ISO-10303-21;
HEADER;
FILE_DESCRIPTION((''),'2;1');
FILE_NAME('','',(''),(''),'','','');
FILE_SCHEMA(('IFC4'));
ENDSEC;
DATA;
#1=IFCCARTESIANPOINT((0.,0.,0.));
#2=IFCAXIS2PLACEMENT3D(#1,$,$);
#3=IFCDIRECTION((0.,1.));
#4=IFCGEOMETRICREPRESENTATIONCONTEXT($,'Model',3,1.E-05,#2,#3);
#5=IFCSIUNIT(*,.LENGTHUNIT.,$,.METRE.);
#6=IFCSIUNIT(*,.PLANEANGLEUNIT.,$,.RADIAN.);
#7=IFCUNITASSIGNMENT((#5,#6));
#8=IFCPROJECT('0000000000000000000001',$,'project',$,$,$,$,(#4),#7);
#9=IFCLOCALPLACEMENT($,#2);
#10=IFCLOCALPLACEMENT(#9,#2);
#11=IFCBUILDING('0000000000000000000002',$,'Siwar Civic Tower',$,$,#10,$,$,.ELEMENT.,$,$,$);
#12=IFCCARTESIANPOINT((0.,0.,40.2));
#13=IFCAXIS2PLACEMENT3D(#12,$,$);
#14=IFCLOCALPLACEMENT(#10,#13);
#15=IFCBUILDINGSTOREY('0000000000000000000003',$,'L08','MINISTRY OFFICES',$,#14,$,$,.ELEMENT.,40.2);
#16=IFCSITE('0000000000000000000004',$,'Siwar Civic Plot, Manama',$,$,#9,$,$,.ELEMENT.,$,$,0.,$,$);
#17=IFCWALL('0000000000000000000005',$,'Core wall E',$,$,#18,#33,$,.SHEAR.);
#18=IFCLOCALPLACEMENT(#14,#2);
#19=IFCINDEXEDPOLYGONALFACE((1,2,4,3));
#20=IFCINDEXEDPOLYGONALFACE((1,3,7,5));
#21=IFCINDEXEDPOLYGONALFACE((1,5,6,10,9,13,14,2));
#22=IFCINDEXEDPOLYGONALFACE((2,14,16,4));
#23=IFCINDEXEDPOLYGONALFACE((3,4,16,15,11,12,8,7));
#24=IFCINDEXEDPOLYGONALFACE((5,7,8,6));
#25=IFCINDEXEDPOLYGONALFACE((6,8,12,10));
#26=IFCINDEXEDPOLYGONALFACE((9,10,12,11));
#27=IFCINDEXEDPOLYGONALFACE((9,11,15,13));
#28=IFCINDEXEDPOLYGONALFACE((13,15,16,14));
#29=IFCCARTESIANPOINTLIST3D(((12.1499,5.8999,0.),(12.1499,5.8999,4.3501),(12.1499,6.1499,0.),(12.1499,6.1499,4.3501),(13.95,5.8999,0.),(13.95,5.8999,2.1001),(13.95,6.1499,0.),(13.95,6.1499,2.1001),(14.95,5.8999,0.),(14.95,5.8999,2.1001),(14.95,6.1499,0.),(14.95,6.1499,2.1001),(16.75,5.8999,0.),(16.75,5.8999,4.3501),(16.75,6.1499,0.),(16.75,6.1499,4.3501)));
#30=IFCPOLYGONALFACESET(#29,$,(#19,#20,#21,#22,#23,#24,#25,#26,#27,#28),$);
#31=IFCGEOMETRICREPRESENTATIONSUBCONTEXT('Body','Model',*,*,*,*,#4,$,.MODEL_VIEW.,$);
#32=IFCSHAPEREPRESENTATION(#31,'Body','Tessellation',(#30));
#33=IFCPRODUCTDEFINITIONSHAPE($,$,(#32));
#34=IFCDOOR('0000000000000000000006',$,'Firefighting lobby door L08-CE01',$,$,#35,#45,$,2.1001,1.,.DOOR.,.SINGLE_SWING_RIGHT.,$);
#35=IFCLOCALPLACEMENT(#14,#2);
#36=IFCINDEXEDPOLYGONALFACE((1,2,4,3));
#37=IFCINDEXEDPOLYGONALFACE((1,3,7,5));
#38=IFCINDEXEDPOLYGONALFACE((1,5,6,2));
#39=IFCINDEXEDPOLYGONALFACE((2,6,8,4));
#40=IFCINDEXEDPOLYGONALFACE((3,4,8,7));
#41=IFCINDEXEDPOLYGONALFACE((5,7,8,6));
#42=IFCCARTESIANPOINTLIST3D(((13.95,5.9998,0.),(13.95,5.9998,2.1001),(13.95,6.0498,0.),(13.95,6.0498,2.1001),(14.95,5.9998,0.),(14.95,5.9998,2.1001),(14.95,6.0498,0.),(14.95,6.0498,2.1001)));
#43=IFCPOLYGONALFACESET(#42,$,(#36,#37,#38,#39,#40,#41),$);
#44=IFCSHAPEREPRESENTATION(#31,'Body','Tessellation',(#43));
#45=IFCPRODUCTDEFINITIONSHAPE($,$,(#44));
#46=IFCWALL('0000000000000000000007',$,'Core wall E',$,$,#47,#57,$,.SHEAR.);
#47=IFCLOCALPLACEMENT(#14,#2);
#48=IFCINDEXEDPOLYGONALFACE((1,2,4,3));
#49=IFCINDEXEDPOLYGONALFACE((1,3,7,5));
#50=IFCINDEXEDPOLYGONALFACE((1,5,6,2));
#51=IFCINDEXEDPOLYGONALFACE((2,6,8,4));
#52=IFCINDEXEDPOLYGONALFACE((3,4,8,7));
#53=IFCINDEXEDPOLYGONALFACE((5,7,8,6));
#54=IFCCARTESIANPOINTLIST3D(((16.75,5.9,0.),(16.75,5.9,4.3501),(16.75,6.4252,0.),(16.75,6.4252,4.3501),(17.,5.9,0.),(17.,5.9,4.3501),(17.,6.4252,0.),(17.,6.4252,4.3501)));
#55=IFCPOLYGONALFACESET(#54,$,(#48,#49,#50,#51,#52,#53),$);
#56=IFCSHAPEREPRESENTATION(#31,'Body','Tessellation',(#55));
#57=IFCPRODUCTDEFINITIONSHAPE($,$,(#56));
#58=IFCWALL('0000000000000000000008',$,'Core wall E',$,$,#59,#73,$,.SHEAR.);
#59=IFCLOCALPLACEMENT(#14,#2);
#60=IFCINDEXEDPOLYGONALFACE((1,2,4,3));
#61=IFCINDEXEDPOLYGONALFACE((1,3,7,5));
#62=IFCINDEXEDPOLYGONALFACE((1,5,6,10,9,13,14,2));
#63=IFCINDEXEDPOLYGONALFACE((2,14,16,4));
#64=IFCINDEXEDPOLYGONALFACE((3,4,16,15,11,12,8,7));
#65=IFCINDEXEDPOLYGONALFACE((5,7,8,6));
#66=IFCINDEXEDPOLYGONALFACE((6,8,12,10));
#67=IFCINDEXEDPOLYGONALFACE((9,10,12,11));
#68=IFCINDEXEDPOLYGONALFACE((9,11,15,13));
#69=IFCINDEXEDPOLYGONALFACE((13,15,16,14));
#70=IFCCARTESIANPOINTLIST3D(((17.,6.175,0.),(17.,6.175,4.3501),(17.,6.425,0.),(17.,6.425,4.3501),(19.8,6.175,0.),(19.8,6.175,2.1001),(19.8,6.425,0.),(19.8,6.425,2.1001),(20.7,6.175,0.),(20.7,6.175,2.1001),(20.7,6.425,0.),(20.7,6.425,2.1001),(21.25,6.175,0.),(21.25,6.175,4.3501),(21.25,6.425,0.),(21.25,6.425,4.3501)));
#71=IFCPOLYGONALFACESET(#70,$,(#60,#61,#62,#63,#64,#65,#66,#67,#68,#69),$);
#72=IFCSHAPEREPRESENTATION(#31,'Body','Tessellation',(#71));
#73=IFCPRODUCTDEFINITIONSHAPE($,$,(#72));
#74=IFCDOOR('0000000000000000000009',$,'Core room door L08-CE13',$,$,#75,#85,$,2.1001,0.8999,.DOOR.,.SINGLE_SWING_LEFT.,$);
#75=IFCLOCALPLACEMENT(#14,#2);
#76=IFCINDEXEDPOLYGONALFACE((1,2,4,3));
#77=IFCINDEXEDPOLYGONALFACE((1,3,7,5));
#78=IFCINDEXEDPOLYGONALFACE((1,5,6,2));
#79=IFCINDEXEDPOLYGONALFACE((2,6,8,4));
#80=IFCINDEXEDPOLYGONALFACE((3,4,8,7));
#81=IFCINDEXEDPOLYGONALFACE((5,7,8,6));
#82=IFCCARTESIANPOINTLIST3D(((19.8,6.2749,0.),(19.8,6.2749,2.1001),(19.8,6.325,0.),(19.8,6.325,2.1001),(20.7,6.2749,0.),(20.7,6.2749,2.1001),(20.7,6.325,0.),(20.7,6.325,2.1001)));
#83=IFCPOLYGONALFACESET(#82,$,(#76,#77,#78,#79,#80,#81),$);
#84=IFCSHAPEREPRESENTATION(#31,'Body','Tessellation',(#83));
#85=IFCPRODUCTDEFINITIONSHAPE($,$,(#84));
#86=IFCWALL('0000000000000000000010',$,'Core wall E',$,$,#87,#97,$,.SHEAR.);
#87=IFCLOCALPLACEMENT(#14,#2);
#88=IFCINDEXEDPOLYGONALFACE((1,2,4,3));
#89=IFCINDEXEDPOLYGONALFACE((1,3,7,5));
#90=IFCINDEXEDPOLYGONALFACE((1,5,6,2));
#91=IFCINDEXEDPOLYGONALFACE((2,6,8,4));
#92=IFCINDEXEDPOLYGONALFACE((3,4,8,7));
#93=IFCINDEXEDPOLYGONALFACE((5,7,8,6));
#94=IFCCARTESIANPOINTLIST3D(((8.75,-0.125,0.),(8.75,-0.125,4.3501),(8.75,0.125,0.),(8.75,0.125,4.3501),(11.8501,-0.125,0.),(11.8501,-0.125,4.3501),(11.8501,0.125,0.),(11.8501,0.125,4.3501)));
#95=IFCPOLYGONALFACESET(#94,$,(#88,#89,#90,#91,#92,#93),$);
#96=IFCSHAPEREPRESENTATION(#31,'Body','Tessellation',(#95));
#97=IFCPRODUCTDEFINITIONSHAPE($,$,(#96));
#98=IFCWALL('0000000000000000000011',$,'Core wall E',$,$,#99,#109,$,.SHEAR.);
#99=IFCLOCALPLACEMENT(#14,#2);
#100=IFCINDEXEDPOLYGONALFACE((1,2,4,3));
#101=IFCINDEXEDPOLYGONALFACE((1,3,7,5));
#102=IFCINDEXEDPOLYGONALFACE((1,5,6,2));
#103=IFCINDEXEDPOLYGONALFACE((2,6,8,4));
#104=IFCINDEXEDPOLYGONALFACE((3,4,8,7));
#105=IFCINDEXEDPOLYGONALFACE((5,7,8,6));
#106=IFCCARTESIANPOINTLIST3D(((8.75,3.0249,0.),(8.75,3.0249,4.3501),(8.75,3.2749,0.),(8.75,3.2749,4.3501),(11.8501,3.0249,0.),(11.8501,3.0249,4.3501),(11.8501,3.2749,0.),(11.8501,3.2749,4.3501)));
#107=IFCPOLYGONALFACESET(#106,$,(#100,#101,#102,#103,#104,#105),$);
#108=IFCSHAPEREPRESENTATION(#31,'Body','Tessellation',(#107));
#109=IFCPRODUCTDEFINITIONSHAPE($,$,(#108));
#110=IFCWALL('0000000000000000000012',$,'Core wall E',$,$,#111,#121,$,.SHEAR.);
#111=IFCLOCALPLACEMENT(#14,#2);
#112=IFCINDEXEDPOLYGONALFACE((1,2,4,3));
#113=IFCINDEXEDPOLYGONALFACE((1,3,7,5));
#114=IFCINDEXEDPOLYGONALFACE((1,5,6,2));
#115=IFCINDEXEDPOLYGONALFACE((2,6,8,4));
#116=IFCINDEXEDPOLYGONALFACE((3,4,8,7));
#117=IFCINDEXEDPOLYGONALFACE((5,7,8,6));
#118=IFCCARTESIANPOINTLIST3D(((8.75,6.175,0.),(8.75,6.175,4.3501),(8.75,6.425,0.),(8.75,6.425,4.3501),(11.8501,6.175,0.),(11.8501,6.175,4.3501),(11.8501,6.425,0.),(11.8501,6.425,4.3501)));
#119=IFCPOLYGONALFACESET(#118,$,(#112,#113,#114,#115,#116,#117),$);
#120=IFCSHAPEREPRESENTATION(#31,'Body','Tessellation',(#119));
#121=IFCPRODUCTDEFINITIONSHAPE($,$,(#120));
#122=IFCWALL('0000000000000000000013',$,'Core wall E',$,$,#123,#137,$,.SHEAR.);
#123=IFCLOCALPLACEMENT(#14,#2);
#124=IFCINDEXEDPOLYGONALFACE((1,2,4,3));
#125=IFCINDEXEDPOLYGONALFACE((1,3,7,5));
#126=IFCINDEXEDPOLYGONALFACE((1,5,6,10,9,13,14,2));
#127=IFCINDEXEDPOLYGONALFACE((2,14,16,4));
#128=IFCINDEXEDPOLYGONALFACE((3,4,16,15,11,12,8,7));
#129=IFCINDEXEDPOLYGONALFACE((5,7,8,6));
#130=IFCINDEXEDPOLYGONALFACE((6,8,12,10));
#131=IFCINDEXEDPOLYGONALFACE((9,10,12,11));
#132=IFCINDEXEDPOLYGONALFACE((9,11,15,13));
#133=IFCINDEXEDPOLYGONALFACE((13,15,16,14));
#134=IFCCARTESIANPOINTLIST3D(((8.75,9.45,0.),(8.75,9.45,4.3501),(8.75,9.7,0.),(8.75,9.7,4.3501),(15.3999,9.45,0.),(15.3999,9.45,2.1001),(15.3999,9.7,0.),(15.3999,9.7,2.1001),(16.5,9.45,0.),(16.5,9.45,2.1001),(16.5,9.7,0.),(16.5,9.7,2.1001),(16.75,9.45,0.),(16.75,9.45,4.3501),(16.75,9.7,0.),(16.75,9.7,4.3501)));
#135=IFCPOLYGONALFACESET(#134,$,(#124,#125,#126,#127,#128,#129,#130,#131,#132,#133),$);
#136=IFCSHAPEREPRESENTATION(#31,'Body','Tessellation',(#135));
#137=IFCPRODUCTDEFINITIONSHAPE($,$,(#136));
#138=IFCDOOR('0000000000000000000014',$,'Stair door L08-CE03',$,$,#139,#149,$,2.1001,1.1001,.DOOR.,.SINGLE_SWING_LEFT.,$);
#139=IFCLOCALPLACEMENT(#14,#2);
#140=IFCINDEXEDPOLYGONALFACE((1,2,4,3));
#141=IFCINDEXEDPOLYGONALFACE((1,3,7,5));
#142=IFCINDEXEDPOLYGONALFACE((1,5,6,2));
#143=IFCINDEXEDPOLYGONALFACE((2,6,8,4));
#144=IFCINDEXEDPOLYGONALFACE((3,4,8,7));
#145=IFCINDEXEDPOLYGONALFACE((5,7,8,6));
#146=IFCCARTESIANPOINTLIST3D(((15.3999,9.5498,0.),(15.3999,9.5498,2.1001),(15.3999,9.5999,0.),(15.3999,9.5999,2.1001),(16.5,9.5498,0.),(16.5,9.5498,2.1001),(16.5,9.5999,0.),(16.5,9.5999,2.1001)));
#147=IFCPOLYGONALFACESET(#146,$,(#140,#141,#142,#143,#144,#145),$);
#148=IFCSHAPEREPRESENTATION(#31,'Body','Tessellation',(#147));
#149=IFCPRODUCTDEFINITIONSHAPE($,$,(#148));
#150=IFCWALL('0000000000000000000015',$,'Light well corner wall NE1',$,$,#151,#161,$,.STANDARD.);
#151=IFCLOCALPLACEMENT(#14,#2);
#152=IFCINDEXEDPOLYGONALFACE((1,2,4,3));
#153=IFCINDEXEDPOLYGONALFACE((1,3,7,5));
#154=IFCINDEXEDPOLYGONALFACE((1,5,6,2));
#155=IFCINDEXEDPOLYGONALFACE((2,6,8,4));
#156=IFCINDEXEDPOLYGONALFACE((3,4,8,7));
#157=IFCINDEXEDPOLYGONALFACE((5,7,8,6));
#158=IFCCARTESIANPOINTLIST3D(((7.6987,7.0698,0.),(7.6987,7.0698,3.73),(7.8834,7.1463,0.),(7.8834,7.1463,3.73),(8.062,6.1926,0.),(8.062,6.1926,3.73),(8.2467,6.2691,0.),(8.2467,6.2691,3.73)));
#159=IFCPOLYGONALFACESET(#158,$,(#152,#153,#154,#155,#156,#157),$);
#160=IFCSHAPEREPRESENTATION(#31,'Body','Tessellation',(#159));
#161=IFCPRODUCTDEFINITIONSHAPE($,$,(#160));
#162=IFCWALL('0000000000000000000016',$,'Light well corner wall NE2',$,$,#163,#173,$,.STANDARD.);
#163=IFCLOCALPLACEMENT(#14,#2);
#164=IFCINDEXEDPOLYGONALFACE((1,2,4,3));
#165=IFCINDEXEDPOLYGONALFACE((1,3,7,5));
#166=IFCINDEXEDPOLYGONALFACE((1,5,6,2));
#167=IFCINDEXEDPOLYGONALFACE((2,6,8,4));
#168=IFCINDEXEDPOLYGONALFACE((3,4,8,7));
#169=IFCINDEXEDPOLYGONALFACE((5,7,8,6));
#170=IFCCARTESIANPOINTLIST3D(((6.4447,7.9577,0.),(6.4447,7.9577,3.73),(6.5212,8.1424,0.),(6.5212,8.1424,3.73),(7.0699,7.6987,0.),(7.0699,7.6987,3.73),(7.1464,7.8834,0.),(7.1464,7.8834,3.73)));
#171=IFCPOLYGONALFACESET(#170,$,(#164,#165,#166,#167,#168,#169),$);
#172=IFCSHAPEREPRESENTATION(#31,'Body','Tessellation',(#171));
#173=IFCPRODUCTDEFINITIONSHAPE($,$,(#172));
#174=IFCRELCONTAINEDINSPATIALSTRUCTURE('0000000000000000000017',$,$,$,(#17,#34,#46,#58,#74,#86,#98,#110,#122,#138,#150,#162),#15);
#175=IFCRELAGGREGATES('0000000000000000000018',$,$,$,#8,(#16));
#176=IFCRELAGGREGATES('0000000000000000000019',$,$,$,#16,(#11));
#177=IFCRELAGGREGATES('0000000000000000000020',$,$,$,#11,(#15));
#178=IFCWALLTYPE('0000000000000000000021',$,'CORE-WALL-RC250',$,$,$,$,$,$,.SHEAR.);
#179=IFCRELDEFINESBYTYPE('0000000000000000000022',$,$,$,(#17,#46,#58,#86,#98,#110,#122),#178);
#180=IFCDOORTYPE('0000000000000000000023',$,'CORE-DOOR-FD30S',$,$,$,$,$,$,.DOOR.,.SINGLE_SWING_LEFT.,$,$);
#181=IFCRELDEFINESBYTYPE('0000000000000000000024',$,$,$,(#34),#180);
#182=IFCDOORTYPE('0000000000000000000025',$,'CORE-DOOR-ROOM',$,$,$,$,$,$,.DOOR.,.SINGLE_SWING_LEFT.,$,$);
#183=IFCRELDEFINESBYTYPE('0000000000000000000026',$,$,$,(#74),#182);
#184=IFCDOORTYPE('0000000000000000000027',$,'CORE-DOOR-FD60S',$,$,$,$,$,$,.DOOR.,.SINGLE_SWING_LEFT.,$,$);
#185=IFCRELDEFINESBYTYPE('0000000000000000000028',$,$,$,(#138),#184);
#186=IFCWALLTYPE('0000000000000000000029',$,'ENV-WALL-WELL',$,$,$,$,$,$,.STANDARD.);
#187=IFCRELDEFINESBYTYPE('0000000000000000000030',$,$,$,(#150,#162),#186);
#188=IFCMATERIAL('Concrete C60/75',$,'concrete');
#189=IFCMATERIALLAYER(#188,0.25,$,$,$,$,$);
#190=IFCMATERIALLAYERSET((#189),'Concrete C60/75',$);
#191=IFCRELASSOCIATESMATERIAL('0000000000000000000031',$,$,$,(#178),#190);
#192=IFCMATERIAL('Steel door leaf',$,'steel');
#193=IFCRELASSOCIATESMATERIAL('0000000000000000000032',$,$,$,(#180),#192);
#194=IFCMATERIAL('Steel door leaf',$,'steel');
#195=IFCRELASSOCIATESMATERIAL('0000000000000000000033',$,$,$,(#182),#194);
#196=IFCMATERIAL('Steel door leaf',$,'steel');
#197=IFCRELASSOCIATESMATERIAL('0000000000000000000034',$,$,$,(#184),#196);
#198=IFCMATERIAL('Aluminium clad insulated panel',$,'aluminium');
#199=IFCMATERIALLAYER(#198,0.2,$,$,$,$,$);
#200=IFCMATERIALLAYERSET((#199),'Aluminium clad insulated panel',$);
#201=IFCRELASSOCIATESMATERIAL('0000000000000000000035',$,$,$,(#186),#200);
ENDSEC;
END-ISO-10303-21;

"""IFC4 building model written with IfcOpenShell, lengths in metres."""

from ifc_helpers import new_model, si_unit, direction, frame, frame_2d, origin, place, context, subcontext, project, spatial, rectangle, extrude, material, layer, layer_set, type_object, element, fill, save


model = new_model("IFC4")

# Units and contexts
model_context = context("Model", 3, precision=1e-05, world=origin(), true_north=direction((0.0, 1.0)))
body_context = subcontext(model_context, "Body", "Model", "MODEL_VIEW")
ifc_project = project(units=[si_unit("LENGTHUNIT", "METRE"), si_unit("PLANEANGLEUNIT", "RADIAN")], contexts=[model_context])

# Site, building, storey
site_placement = place(None, origin())
site = spatial("IfcSite", under=ifc_project, at=site_placement, Name="Siwar Civic Plot, Manama", CompositionType="ELEMENT", RefElevation=0.0)
building_placement = place(site_placement, origin())
building = spatial("IfcBuilding", under=site, at=building_placement, Name="Siwar Civic Tower", CompositionType="ELEMENT")
storey_placement = place(building_placement, frame((0.0, 0.0, 40.2)))
storey = spatial("IfcBuildingStorey", under=building, at=storey_placement, Name="L08", Description="MINISTRY OFFICES", CompositionType="ELEMENT", Elevation=40.2)

# Wall, opening, door
ifc_material_1 = material(Name="Concrete C60/75", Category="concrete")
ifc_layer_1 = layer(ifc_material_1, 0.25)
ifc_layer_set_1 = layer_set([ifc_layer_1], Name="Concrete C60/75")
wall_type_1 = type_object("IfcWallType", Name="CORE-WALL-RC250", PredefinedType="SHEAR", material=ifc_layer_set_1)
wall_1_placement = place(storey_placement, frame((12.1499, 6.0249, 0.0), z_axis=(0.0, 0.0, 1.0), x_axis=(1.0, 0.0, 0.0)))
wall_1 = element("IfcWall", 1, at=wall_1_placement, inside=storey, type_object=wall_type_1, Name="Core wall E", PredefinedType="SHEAR", context=body_context, shape_type="SweptSolid", body=[
    extrude(rectangle(XDim=4.6001, YDim=0.25, at=frame_2d((2.3, 0.0))), origin(), (0.0, 0.0, 1.0), 4.3501),
])
opening_1_placement = place(wall_1_placement, frame((1.8, 0.0, 0.0)))
opening_1 = element("IfcOpeningElement", 2, at=opening_1_placement, cuts=wall_1, PredefinedType="OPENING", context=body_context, shape_type="SweptSolid", body=[
    extrude(rectangle(XDim=1.0, YDim=2.1001, at=frame_2d((0.5, 1.05))), frame((0.0, 0.135, 0.0), z_axis=(0.0, -1.0, 0.0), x_axis=(1.0, 0.0, 0.0)), (0.0, 0.0, 1.0), 0.27),
])
ifc_material_2 = material(Name="Steel door leaf", Category="steel")
door_type_1 = type_object("IfcDoorType", Name="CORE-DOOR-FD30S", OperationType="SINGLE_SWING_LEFT", PredefinedType="DOOR", material=ifc_material_2)
door_1_placement = place(opening_1_placement, origin())
door_1 = element("IfcDoor", 3, at=door_1_placement, inside=storey, type_object=door_type_1, Name="Firefighting lobby door L08-CE01", OperationType="SINGLE_SWING_RIGHT", OverallHeight=2.1001, OverallWidth=1.0, PredefinedType="DOOR", context=body_context, shape_type="SweptSolid", body=[
    extrude(rectangle(XDim=1.0, YDim=2.1001, at=frame_2d((0.5, 1.05))), frame((0.0, 0.0249, 0.0), z_axis=(0.0, -1.0, 0.0), x_axis=(1.0, 0.0, 0.0)), (0.0, 0.0, 1.0), 0.05),
])
fill(opening_1, door_1)

# Wall
wall_2_placement = place(storey_placement, frame((16.875, 5.8999, 0.0), z_axis=(0.0, 0.0, 1.0), x_axis=(0.0, 1.0, 0.0)))
element("IfcWall", 4, at=wall_2_placement, inside=storey, type_object=wall_type_1, Name="Core wall E", PredefinedType="SHEAR", context=body_context, shape_type="SweptSolid", body=[
    extrude(rectangle(XDim=0.5251, YDim=0.25, at=frame_2d((0.2627, 0.0))), origin(), (0.0, 0.0, 1.0), 4.3501),
])

# Wall, opening, door
wall_3_placement = place(storey_placement, frame((17.0, 6.3, 0.0), z_axis=(0.0, 0.0, 1.0), x_axis=(1.0, 0.0, 0.0)))
wall_3 = element("IfcWall", 5, at=wall_3_placement, inside=storey, type_object=wall_type_1, Name="Core wall E", PredefinedType="SHEAR", context=body_context, shape_type="SweptSolid", body=[
    extrude(rectangle(XDim=4.25, YDim=0.25, at=frame_2d((2.125, 0.0))), origin(), (0.0, 0.0, 1.0), 4.3501),
])
opening_2_placement = place(wall_3_placement, frame((2.8, 0.0, 0.0)))
opening_2 = element("IfcOpeningElement", 6, at=opening_2_placement, cuts=wall_3, PredefinedType="OPENING", context=body_context, shape_type="SweptSolid", body=[
    extrude(rectangle(XDim=0.8999, YDim=2.1001, at=frame_2d((0.45, 1.05))), frame((0.0, 0.135, 0.0), z_axis=(0.0, -1.0, 0.0), x_axis=(1.0, 0.0, 0.0)), (0.0, 0.0, 1.0), 0.27),
])
ifc_material_3 = material(Name="Steel door leaf", Category="steel")
door_type_2 = type_object("IfcDoorType", Name="CORE-DOOR-ROOM", OperationType="SINGLE_SWING_LEFT", PredefinedType="DOOR", material=ifc_material_3)
door_2_placement = place(opening_2_placement, origin())
door_2 = element("IfcDoor", 7, at=door_2_placement, inside=storey, type_object=door_type_2, Name="Core room door L08-CE13", OperationType="SINGLE_SWING_LEFT", OverallHeight=2.1001, OverallWidth=0.8999, PredefinedType="DOOR", context=body_context, shape_type="SweptSolid", body=[
    extrude(rectangle(XDim=0.8999, YDim=2.1001, at=frame_2d((0.45, 1.05))), frame((0.0, 0.0249, 0.0), z_axis=(0.0, -1.0, 0.0), x_axis=(1.0, 0.0, 0.0)), (0.0, 0.0, 1.0), 0.05),
])
fill(opening_2, door_2)

# Walls
for number, where, z_axis, x_axis, name in (
    (8, (8.75, 0.0, 0.0), (0.0, 0.0, 1.0), (1.0, 0.0, 0.0), "Core wall E"),
    (9, (8.75, 3.1499, 0.0), (0.0, 0.0, 1.0), (1.0, 0.0, 0.0), "Core wall E"),
    (10, (8.75, 6.3, 0.0), (0.0, 0.0, 1.0), (1.0, 0.0, 0.0), "Core wall E"),
):
    element("IfcWall", number, at=place(storey_placement, frame(where, z_axis=z_axis, x_axis=x_axis)), inside=storey, type_object=wall_type_1, Name=name, PredefinedType="SHEAR", context=body_context, shape_type="SweptSolid", body=[
        extrude(rectangle(XDim=3.1001, YDim=0.25, at=frame_2d((1.55, 0.0))), origin(), (0.0, 0.0, 1.0), 4.3501),
    ])

# Wall, opening, door
wall_4_placement = place(storey_placement, frame((8.75, 9.575, 0.0), z_axis=(0.0, 0.0, 1.0), x_axis=(1.0, 0.0, 0.0)))
wall_4 = element("IfcWall", 11, at=wall_4_placement, inside=storey, type_object=wall_type_1, Name="Core wall E", PredefinedType="SHEAR", context=body_context, shape_type="SweptSolid", body=[
    extrude(rectangle(XDim=8.0, YDim=0.25, at=frame_2d((4.0, 0.0))), origin(), (0.0, 0.0, 1.0), 4.3501),
])
opening_3_placement = place(wall_4_placement, frame((6.6499, 0.0, 0.0)))
opening_3 = element("IfcOpeningElement", 12, at=opening_3_placement, cuts=wall_4, PredefinedType="OPENING", context=body_context, shape_type="SweptSolid", body=[
    extrude(rectangle(XDim=1.1001, YDim=2.1001, at=frame_2d((0.55, 1.05))), frame((0.0, 0.135, 0.0), z_axis=(0.0, -1.0, 0.0), x_axis=(1.0, 0.0, 0.0)), (0.0, 0.0, 1.0), 0.27),
])
ifc_material_4 = material(Name="Steel door leaf", Category="steel")
door_type_3 = type_object("IfcDoorType", Name="CORE-DOOR-FD60S", OperationType="SINGLE_SWING_LEFT", PredefinedType="DOOR", material=ifc_material_4)
door_3_placement = place(opening_3_placement, origin())
door_3 = element("IfcDoor", 13, at=door_3_placement, inside=storey, type_object=door_type_3, Name="Stair door L08-CE03", OperationType="SINGLE_SWING_LEFT", OverallHeight=2.1001, OverallWidth=1.1001, PredefinedType="DOOR", context=body_context, shape_type="SweptSolid", body=[
    extrude(rectangle(XDim=1.1001, YDim=2.1001, at=frame_2d((0.55, 1.05))), frame((0.0, 0.0249, 0.0), z_axis=(0.0, -1.0, 0.0), x_axis=(1.0, 0.0, 0.0)), (0.0, 0.0, 1.0), 0.05),
])
fill(opening_3, door_3)

# Walls
ifc_material_5 = material(Name="Aluminium clad insulated panel", Category="aluminium")
ifc_layer_2 = layer(ifc_material_5, 0.2)
ifc_layer_set_2 = layer_set([ifc_layer_2], Name="Aluminium clad insulated panel")
wall_type_2 = type_object("IfcWallType", Name="ENV-WALL-WELL", PredefinedType="STANDARD", material=ifc_layer_set_2)
wall_5_placement = place(storey_placement, frame((8.1543, 6.231, 0.0), z_axis=(0.0, 0.0, 1.0), x_axis=(-0.382624, 0.923904, 0.0)))
element("IfcWall", 14, at=wall_5_placement, inside=storey, type_object=wall_type_2, Name="Light well corner wall NE1", PredefinedType="STANDARD", context=body_context, shape_type="SweptSolid", body=[
    extrude(rectangle(XDim=0.9495, YDim=0.2, at=frame_2d((0.4746, 0.0))), origin(), (0.0, 0.0, 1.0), 3.73),
])
wall_6_placement = place(storey_placement, frame((7.1082, 7.791, 0.0), z_axis=(0.0, 0.0, 1.0), x_axis=(-0.923854, 0.382745, 0.0)))
element("IfcWall", 15, at=wall_6_placement, inside=storey, type_object=wall_type_2, Name="Light well corner wall NE2", PredefinedType="STANDARD", context=body_context, shape_type="SweptSolid", body=[
    extrude(rectangle(XDim=0.6768, YDim=0.2, at=frame_2d((0.3384, 0.0))), origin(), (0.0, 0.0, 1.0), 3.73),
])

save(model, "model.ifc")
